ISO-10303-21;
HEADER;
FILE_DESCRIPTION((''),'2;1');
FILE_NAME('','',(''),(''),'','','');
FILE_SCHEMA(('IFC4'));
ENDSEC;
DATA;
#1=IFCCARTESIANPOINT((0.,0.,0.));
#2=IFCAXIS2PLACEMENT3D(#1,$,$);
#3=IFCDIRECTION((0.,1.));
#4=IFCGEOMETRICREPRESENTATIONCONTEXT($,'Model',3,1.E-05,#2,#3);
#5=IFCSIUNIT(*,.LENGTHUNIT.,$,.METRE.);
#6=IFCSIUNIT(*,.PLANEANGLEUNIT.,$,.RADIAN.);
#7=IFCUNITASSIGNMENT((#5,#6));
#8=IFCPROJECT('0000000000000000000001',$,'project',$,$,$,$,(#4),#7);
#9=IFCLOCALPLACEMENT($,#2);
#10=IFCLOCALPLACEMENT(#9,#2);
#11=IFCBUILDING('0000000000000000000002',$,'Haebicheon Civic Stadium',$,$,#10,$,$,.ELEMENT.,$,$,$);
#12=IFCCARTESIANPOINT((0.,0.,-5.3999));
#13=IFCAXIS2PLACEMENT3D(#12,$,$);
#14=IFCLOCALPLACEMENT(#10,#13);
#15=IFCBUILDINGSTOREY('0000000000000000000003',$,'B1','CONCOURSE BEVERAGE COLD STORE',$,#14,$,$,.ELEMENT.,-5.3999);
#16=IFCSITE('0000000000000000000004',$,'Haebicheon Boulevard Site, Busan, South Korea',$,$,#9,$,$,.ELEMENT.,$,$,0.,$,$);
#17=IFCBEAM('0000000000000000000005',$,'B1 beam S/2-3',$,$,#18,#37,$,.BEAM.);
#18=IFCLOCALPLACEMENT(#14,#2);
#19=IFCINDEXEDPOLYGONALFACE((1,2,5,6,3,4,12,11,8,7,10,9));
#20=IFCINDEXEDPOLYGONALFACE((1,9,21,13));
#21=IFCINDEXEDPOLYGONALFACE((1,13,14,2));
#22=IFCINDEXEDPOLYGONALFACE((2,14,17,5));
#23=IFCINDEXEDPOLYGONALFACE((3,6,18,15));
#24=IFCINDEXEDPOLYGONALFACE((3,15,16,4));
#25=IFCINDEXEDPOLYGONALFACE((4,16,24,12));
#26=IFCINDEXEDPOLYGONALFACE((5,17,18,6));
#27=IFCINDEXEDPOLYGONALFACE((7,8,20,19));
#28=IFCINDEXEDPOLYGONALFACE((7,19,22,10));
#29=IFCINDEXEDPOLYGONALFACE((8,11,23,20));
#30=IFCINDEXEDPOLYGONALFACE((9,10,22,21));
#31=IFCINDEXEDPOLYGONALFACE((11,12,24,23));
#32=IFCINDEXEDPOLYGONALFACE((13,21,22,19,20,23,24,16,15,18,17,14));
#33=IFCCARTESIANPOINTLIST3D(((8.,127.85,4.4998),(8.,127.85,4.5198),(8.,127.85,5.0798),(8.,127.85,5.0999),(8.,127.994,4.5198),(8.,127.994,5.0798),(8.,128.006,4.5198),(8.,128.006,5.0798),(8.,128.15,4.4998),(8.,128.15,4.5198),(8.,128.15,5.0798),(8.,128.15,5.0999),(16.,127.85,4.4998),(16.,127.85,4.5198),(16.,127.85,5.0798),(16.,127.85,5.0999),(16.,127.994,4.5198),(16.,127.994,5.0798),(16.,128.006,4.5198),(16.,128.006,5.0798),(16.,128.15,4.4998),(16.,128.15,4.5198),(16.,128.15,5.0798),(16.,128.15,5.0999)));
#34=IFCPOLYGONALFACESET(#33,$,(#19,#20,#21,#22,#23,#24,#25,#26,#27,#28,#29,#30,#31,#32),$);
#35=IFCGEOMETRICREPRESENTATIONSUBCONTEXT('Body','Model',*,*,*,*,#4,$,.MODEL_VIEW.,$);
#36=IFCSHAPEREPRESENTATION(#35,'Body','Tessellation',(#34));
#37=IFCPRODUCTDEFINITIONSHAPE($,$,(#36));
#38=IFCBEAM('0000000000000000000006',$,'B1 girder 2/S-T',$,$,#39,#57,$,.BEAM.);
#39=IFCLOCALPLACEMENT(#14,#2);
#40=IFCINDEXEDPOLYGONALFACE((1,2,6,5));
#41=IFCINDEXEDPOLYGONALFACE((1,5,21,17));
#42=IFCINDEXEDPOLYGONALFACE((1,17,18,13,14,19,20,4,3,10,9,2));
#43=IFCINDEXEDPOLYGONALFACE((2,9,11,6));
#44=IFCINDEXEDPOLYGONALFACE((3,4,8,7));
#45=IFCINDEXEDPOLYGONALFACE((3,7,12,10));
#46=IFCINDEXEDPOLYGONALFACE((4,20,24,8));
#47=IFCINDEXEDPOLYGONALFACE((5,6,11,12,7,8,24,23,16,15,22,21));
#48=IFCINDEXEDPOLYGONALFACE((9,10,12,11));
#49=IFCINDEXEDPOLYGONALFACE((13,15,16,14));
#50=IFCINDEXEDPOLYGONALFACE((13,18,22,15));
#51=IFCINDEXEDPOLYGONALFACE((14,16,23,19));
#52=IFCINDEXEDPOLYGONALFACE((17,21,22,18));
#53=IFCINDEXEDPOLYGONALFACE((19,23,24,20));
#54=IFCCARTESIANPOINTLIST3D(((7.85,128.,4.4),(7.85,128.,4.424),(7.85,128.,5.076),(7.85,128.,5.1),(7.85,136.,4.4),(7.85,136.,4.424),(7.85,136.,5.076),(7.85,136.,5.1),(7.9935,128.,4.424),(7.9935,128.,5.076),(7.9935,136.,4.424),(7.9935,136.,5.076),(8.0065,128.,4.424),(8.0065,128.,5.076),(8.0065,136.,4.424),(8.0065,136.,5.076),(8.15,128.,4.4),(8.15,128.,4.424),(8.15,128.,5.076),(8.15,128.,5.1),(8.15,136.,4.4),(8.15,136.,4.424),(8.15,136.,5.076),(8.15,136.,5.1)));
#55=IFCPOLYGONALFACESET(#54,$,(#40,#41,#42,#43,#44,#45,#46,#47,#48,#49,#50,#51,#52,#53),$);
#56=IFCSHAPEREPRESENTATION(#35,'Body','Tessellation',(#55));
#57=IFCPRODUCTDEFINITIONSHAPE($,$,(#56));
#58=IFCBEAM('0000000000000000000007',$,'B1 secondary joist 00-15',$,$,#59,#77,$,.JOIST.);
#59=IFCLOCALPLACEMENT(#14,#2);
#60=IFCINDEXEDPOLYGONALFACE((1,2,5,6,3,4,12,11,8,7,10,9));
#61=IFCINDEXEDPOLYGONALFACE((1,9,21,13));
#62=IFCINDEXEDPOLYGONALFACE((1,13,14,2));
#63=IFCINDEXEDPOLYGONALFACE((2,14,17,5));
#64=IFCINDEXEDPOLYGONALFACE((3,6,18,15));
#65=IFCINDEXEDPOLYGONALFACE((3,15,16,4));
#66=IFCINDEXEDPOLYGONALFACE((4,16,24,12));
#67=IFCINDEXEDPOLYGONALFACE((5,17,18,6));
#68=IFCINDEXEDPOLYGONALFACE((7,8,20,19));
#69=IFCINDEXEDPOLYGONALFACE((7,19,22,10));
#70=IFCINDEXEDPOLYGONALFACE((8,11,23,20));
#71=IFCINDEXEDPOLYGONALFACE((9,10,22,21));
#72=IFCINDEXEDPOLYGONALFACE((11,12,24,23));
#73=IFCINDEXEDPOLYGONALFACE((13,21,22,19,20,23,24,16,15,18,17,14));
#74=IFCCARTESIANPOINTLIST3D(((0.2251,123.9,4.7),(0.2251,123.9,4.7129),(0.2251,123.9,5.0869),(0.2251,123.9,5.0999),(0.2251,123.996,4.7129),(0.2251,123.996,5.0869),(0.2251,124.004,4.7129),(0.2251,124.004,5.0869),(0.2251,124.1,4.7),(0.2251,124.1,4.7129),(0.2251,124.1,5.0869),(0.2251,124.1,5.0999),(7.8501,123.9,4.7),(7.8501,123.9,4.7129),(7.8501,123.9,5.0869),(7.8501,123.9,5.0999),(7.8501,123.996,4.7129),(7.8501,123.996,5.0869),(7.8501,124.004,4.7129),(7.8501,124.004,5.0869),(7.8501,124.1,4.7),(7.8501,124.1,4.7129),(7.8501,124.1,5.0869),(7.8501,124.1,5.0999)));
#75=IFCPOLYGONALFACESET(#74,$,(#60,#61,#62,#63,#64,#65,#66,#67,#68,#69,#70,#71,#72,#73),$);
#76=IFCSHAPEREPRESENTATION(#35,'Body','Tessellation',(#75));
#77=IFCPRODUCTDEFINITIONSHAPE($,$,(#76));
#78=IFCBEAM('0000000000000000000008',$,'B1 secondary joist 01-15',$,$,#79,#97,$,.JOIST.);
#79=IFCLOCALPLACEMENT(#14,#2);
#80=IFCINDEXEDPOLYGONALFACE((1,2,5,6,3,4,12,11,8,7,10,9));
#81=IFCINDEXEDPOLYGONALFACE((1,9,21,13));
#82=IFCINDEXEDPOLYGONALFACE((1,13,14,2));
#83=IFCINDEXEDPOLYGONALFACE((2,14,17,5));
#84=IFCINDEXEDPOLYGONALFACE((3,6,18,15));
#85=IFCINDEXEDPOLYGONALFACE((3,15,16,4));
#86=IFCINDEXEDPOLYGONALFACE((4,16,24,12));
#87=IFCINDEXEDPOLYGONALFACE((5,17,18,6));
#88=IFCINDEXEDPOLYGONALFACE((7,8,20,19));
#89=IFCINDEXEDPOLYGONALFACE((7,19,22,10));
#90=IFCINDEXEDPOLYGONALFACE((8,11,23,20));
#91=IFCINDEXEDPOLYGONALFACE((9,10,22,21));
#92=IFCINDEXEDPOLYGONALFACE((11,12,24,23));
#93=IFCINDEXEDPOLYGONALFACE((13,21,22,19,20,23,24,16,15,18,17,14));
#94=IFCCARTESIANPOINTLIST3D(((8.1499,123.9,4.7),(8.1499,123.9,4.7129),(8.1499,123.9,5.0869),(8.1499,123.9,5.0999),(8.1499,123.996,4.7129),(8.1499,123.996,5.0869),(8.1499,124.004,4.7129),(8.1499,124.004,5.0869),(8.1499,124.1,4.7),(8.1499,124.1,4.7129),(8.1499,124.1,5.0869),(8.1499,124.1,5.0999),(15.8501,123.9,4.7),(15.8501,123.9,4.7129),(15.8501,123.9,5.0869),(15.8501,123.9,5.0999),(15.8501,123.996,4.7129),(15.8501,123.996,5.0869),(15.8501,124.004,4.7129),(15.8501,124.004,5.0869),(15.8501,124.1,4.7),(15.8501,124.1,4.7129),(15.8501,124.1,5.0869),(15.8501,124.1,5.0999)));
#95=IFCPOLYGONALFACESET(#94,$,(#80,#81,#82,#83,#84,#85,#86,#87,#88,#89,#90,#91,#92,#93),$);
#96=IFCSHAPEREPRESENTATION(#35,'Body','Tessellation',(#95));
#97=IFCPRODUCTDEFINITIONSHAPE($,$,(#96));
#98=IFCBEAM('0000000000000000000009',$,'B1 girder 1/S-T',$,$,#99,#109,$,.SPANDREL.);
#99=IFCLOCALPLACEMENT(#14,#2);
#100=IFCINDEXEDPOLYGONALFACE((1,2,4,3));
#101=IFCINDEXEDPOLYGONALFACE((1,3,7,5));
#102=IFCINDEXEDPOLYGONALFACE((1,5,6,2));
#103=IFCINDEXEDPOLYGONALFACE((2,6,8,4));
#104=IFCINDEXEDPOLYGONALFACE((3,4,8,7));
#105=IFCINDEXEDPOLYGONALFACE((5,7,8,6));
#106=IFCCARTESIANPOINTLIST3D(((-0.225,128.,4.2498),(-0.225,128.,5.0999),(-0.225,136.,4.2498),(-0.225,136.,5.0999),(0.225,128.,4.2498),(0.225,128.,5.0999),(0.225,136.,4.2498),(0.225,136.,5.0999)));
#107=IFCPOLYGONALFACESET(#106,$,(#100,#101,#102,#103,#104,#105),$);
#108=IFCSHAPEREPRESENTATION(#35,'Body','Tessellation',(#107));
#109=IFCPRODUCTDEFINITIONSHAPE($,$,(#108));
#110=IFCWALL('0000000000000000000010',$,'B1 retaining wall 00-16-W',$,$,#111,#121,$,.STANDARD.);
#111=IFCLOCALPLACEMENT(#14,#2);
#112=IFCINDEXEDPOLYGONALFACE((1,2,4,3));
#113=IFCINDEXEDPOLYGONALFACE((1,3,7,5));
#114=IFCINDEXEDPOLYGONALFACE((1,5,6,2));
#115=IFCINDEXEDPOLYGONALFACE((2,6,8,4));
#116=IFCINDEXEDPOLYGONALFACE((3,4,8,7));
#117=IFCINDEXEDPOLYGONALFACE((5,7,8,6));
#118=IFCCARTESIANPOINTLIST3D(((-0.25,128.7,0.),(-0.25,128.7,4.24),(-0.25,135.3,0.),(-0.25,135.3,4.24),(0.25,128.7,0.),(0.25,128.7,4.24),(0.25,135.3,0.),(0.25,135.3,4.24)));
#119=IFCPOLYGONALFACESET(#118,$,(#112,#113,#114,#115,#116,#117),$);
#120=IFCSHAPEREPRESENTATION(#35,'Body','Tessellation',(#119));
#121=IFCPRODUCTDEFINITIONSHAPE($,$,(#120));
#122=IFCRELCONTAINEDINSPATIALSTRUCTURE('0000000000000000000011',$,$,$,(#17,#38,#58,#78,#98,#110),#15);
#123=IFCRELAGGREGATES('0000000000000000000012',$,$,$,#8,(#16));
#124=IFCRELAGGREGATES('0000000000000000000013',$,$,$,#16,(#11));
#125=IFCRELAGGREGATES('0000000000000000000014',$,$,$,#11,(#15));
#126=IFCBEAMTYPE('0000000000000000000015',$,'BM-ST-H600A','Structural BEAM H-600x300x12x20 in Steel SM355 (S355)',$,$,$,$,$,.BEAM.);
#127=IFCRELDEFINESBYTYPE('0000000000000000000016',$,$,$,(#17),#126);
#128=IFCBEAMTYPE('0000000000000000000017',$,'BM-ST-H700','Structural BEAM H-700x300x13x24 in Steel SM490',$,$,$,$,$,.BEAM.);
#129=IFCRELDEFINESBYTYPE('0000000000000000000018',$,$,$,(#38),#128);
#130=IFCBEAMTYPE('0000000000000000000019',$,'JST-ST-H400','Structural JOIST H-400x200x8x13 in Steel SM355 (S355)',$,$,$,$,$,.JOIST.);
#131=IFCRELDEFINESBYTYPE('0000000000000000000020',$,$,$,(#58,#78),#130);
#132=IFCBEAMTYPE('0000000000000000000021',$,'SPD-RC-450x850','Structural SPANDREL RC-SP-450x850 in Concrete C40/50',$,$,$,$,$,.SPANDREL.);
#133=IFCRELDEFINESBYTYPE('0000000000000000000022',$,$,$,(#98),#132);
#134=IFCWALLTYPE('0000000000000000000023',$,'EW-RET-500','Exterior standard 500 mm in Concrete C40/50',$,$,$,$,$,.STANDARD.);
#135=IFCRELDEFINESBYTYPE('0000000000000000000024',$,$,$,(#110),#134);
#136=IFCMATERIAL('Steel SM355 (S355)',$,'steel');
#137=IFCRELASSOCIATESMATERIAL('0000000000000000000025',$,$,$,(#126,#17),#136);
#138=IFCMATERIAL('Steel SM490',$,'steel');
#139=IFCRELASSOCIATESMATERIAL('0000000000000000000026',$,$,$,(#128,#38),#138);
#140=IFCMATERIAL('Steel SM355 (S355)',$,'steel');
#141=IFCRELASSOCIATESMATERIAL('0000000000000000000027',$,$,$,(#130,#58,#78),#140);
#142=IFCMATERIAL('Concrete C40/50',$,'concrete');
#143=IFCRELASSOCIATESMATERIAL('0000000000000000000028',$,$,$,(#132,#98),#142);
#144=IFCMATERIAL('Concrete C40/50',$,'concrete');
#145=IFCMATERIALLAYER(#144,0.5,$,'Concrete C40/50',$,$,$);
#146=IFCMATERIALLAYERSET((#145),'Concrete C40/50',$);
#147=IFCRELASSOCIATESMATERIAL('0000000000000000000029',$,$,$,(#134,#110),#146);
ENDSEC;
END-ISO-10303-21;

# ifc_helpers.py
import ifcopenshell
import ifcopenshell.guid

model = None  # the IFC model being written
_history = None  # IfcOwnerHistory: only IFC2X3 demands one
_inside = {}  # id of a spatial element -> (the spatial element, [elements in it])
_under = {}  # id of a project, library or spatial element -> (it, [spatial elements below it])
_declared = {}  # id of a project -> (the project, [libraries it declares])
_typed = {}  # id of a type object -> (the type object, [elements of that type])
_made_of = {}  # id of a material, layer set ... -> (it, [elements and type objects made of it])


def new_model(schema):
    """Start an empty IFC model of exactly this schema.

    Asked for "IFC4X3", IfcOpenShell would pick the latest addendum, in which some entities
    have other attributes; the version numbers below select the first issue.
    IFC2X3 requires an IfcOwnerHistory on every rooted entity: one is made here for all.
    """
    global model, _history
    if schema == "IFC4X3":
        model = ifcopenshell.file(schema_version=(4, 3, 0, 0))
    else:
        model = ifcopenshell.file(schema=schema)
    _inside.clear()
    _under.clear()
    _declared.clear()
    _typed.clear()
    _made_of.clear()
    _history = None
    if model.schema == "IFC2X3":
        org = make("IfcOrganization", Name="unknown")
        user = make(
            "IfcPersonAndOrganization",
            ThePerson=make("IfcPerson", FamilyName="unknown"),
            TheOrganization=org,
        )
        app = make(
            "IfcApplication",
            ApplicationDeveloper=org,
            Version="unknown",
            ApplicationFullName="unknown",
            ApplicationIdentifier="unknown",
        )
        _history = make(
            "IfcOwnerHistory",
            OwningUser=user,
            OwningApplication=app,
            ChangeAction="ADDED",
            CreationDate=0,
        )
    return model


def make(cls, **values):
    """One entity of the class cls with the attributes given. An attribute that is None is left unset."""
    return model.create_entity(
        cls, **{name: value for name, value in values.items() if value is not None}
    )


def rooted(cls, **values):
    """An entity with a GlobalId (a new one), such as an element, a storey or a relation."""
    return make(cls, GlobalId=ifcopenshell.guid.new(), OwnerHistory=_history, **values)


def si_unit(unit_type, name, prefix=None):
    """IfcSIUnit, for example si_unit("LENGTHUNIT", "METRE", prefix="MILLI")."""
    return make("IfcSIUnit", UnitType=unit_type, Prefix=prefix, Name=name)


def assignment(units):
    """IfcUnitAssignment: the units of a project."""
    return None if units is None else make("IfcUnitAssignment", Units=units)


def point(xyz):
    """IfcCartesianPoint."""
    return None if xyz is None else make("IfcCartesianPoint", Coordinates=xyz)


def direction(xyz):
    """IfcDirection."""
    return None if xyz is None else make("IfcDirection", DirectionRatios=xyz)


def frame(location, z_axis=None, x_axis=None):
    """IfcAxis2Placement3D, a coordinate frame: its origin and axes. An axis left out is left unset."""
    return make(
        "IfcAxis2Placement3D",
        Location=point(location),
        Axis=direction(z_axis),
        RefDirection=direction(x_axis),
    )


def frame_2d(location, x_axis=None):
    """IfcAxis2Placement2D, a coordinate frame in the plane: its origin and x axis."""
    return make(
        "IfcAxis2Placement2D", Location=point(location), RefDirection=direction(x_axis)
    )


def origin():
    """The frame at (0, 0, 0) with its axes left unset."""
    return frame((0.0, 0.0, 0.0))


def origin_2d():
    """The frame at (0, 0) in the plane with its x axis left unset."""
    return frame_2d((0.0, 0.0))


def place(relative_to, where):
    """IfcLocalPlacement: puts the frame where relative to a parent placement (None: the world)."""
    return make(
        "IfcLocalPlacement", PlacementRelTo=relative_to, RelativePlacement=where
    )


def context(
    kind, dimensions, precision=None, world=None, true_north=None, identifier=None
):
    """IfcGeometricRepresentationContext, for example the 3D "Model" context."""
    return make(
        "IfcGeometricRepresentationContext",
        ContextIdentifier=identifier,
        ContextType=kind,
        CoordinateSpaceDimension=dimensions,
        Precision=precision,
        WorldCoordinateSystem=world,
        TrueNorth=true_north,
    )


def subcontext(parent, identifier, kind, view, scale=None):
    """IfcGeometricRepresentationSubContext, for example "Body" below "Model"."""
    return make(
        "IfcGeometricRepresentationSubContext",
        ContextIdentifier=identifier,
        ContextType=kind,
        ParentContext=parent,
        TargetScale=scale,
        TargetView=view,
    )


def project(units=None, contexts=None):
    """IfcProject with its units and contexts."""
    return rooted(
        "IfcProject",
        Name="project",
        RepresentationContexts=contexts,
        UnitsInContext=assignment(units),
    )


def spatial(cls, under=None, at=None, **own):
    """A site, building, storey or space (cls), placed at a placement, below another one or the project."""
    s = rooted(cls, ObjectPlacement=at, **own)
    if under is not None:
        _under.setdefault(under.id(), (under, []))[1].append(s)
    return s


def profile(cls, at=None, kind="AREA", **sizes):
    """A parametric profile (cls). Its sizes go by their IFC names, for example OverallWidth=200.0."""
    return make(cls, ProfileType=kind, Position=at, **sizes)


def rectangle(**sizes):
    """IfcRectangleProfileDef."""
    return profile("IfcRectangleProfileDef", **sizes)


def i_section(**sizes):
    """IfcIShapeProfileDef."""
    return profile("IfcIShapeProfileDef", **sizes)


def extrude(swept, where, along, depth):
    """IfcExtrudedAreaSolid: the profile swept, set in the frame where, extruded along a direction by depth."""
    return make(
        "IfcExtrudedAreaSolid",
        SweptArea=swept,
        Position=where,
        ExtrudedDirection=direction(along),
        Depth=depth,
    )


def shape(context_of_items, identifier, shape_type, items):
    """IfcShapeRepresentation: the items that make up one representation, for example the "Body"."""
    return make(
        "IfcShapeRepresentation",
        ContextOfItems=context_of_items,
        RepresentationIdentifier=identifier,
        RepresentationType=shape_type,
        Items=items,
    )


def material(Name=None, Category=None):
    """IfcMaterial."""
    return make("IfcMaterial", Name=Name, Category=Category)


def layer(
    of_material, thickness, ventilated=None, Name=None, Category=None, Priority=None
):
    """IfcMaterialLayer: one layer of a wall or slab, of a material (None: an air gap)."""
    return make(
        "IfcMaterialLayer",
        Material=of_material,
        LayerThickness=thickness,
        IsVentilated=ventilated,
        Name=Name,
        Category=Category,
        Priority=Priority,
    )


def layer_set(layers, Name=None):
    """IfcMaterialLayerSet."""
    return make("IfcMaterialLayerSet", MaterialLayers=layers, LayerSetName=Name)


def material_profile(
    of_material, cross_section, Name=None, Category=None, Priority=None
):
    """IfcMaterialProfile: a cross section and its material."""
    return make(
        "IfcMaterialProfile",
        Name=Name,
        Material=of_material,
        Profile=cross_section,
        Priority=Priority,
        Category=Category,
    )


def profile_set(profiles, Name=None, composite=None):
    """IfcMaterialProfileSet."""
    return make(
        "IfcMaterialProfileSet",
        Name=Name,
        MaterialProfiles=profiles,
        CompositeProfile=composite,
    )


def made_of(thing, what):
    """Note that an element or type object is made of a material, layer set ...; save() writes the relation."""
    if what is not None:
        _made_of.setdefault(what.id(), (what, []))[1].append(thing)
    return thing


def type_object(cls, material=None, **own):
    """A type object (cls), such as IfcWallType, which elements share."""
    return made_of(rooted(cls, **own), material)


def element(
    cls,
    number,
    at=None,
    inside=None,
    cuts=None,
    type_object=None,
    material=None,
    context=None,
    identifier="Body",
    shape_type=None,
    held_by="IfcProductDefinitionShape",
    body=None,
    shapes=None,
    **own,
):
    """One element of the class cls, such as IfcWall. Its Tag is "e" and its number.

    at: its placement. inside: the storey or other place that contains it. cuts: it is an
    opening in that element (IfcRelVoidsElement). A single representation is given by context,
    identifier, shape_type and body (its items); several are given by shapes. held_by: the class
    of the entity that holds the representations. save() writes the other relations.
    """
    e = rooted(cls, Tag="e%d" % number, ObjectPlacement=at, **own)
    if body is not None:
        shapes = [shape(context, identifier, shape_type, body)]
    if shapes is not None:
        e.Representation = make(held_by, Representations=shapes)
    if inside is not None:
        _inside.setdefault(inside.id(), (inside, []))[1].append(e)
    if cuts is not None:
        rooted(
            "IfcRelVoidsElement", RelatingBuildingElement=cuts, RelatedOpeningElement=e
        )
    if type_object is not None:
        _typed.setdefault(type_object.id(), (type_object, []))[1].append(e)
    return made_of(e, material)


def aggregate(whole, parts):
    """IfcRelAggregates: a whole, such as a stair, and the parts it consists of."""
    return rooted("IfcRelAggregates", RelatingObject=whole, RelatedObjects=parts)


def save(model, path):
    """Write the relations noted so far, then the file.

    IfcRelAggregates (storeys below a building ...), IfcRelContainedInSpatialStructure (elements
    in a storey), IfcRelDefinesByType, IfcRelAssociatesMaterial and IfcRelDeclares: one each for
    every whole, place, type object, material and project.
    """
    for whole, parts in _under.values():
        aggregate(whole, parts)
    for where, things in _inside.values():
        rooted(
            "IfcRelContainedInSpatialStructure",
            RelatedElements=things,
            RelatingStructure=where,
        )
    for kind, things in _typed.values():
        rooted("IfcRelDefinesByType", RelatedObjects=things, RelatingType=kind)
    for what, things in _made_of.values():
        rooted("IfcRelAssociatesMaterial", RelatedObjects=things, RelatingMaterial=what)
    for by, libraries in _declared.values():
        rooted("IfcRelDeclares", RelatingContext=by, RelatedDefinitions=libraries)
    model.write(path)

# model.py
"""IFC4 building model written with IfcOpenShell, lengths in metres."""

from ifc_helpers import new_model, si_unit, direction, frame, frame_2d, origin, origin_2d, place, context, subcontext, project, spatial, rectangle, i_section, extrude, material, layer, layer_set, material_profile, profile_set, type_object, element, save


model = new_model("IFC4")

# Units and contexts
model_context = context("Model", 3, precision=1e-05, world=origin(), true_north=direction((0.0, 1.0)))
body_context = subcontext(model_context, "Body", "Model", "MODEL_VIEW")
ifc_project = project(units=[si_unit("LENGTHUNIT", "METRE"), si_unit("PLANEANGLEUNIT", "RADIAN")], contexts=[model_context])

# Site, building, storey
site_placement = place(None, origin())
site = spatial("IfcSite", under=ifc_project, at=site_placement, Name="Haebicheon Boulevard Site, Busan, South Korea", CompositionType="ELEMENT", RefElevation=0.0)
building_placement = place(site_placement, origin())
building = spatial("IfcBuilding", under=site, at=building_placement, Name="Haebicheon Civic Stadium", CompositionType="ELEMENT")
storey_placement = place(building_placement, frame((0.0, 0.0, -5.3999)))
storey = spatial("IfcBuildingStorey", under=building, at=storey_placement, Name="B1", Description="CONCOURSE BEVERAGE COLD STORE", CompositionType="ELEMENT", Elevation=-5.3999)

# Beams
ifc_material_1 = material(Name="Steel SM355 (S355)", Category="steel")
ifc_material_profile_1 = material_profile(ifc_material_1, i_section(OverallWidth=0.3, OverallDepth=0.6001, WebThickness=0.012, FlangeThickness=0.02, at=origin_2d()), Name="H-600x300x12x20")
ifc_profile_set_1 = profile_set([ifc_material_profile_1], Name="Steel SM355 (S355)")
beam_type_1 = type_object("IfcBeamType", Name="BM-ST-H600A", Description="Structural BEAM H-600x300x12x20 in Steel SM355 (S355)", PredefinedType="BEAM", material=ifc_profile_set_1)
for number, where, z_axis, x_axis, name in (
    (1, (8.0, 128.0, 4.7998), (1.0, 0.0, 0.0), (0.0, 1.0, 0.0), "B1 beam S/2-3"),
):
    element("IfcBeam", number, at=place(storey_placement, frame(where, z_axis=z_axis, x_axis=x_axis)), inside=storey, type_object=beam_type_1, material=ifc_profile_set_1, Name=name, PredefinedType="BEAM", context=body_context, shape_type="SweptSolid", body=[
        extrude(i_section(OverallWidth=0.3, OverallDepth=0.6001, WebThickness=0.012, FlangeThickness=0.02, at=origin_2d()), origin(), (0.0, 0.0, 1.0), 8.0),
    ])
ifc_material_2 = material(Name="Steel SM490", Category="steel")
ifc_material_profile_2 = material_profile(ifc_material_2, i_section(OverallWidth=0.3, OverallDepth=0.7, WebThickness=0.0129, FlangeThickness=0.0239, at=origin_2d()), Name="H-700x300x13x24")
ifc_profile_set_2 = profile_set([ifc_material_profile_2], Name="Steel SM490")
beam_type_2 = type_object("IfcBeamType", Name="BM-ST-H700", Description="Structural BEAM H-700x300x13x24 in Steel SM490", PredefinedType="BEAM", material=ifc_profile_set_2)
beam_1_placement = place(storey_placement, frame((8.0, 128.0, 4.75), z_axis=(0.0, 1.0, 0.0), x_axis=(-1.0, 0.0, 0.0)))
element("IfcBeam", 2, at=beam_1_placement, inside=storey, type_object=beam_type_2, material=ifc_profile_set_2, Name="B1 girder 2/S-T", PredefinedType="BEAM", context=body_context, shape_type="SweptSolid", body=[
    extrude(i_section(OverallWidth=0.3, OverallDepth=0.7, WebThickness=0.0129, FlangeThickness=0.0239, at=origin_2d()), origin(), (0.0, 0.0, 1.0), 8.0),
])
ifc_material_3 = material(Name="Steel SM355 (S355)", Category="steel")
ifc_material_profile_3 = material_profile(ifc_material_3, i_section(OverallWidth=0.2, OverallDepth=0.3999, WebThickness=0.0081, FlangeThickness=0.0129, at=origin_2d()), Name="H-400x200x8x13")
ifc_profile_set_3 = profile_set([ifc_material_profile_3], Name="Steel SM355 (S355)")
beam_type_3 = type_object("IfcBeamType", Name="JST-ST-H400", Description="Structural JOIST H-400x200x8x13 in Steel SM355 (S355)", PredefinedType="JOIST", material=ifc_profile_set_3)
beam_2_placement = place(storey_placement, frame((0.2251, 124.0, 4.8999), z_axis=(1.0, 0.0, 0.0), x_axis=(0.0, 1.0, 0.0)))
element("IfcBeam", 3, at=beam_2_placement, inside=storey, type_object=beam_type_3, material=ifc_profile_set_3, Name="B1 secondary joist 00-15", PredefinedType="JOIST", context=body_context, shape_type="SweptSolid", body=[
    extrude(i_section(OverallWidth=0.2, OverallDepth=0.3999, WebThickness=0.0081, FlangeThickness=0.0129, at=origin_2d()), origin(), (0.0, 0.0, 1.0), 7.625),
])
beam_3_placement = place(storey_placement, frame((8.1499, 124.0, 4.8999), z_axis=(1.0, 0.0, 0.0), x_axis=(0.0, 1.0, 0.0)))
element("IfcBeam", 4, at=beam_3_placement, inside=storey, type_object=beam_type_3, material=ifc_profile_set_3, Name="B1 secondary joist 01-15", PredefinedType="JOIST", context=body_context, shape_type="SweptSolid", body=[
    extrude(i_section(OverallWidth=0.2, OverallDepth=0.3999, WebThickness=0.0081, FlangeThickness=0.0129, at=origin_2d()), origin(), (0.0, 0.0, 1.0), 7.7002),
])
ifc_material_4 = material(Name="Concrete C40/50", Category="concrete")
ifc_material_profile_4 = material_profile(ifc_material_4, rectangle(XDim=0.45, YDim=0.8501, at=origin_2d()), Name="RC-SP-450x850")
ifc_profile_set_4 = profile_set([ifc_material_profile_4], Name="Concrete C40/50")
beam_type_4 = type_object("IfcBeamType", Name="SPD-RC-450x850", Description="Structural SPANDREL RC-SP-450x850 in Concrete C40/50", PredefinedType="SPANDREL", material=ifc_profile_set_4)
beam_4_placement = place(storey_placement, frame((0.0, 128.0, 4.6748), z_axis=(0.0, 1.0, 0.0), x_axis=(-1.0, 0.0, 0.0)))
element("IfcBeam", 5, at=beam_4_placement, inside=storey, type_object=beam_type_4, material=ifc_profile_set_4, Name="B1 girder 1/S-T", PredefinedType="SPANDREL", context=body_context, shape_type="SweptSolid", body=[
    extrude(rectangle(XDim=0.45, YDim=0.8501, at=origin_2d()), origin(), (0.0, 0.0, 1.0), 8.0),
])

# Wall
ifc_material_5 = material(Name="Concrete C40/50", Category="concrete")
ifc_layer_1 = layer(ifc_material_5, 0.5, Name="Concrete C40/50")
ifc_layer_set_1 = layer_set([ifc_layer_1], Name="Concrete C40/50")
wall_type = type_object("IfcWallType", Name="EW-RET-500", Description="Exterior standard 500 mm in Concrete C40/50", PredefinedType="STANDARD", material=ifc_layer_set_1)
wall_placement = place(storey_placement, frame((0.0, 128.7, 0.0), z_axis=(0.0, 0.0, 1.0), x_axis=(0.0, 1.0, 0.0)))
element("IfcWall", 6, at=wall_placement, inside=storey, type_object=wall_type, material=ifc_layer_set_1, Name="B1 retaining wall 00-16-W", PredefinedType="STANDARD", context=body_context, shape_type="SweptSolid", body=[
    extrude(rectangle(XDim=6.6001, YDim=0.5, at=frame_2d((3.3, 0.0))), origin(), (0.0, 0.0, 1.0), 4.24),
])

save(model, "model.ifc")
